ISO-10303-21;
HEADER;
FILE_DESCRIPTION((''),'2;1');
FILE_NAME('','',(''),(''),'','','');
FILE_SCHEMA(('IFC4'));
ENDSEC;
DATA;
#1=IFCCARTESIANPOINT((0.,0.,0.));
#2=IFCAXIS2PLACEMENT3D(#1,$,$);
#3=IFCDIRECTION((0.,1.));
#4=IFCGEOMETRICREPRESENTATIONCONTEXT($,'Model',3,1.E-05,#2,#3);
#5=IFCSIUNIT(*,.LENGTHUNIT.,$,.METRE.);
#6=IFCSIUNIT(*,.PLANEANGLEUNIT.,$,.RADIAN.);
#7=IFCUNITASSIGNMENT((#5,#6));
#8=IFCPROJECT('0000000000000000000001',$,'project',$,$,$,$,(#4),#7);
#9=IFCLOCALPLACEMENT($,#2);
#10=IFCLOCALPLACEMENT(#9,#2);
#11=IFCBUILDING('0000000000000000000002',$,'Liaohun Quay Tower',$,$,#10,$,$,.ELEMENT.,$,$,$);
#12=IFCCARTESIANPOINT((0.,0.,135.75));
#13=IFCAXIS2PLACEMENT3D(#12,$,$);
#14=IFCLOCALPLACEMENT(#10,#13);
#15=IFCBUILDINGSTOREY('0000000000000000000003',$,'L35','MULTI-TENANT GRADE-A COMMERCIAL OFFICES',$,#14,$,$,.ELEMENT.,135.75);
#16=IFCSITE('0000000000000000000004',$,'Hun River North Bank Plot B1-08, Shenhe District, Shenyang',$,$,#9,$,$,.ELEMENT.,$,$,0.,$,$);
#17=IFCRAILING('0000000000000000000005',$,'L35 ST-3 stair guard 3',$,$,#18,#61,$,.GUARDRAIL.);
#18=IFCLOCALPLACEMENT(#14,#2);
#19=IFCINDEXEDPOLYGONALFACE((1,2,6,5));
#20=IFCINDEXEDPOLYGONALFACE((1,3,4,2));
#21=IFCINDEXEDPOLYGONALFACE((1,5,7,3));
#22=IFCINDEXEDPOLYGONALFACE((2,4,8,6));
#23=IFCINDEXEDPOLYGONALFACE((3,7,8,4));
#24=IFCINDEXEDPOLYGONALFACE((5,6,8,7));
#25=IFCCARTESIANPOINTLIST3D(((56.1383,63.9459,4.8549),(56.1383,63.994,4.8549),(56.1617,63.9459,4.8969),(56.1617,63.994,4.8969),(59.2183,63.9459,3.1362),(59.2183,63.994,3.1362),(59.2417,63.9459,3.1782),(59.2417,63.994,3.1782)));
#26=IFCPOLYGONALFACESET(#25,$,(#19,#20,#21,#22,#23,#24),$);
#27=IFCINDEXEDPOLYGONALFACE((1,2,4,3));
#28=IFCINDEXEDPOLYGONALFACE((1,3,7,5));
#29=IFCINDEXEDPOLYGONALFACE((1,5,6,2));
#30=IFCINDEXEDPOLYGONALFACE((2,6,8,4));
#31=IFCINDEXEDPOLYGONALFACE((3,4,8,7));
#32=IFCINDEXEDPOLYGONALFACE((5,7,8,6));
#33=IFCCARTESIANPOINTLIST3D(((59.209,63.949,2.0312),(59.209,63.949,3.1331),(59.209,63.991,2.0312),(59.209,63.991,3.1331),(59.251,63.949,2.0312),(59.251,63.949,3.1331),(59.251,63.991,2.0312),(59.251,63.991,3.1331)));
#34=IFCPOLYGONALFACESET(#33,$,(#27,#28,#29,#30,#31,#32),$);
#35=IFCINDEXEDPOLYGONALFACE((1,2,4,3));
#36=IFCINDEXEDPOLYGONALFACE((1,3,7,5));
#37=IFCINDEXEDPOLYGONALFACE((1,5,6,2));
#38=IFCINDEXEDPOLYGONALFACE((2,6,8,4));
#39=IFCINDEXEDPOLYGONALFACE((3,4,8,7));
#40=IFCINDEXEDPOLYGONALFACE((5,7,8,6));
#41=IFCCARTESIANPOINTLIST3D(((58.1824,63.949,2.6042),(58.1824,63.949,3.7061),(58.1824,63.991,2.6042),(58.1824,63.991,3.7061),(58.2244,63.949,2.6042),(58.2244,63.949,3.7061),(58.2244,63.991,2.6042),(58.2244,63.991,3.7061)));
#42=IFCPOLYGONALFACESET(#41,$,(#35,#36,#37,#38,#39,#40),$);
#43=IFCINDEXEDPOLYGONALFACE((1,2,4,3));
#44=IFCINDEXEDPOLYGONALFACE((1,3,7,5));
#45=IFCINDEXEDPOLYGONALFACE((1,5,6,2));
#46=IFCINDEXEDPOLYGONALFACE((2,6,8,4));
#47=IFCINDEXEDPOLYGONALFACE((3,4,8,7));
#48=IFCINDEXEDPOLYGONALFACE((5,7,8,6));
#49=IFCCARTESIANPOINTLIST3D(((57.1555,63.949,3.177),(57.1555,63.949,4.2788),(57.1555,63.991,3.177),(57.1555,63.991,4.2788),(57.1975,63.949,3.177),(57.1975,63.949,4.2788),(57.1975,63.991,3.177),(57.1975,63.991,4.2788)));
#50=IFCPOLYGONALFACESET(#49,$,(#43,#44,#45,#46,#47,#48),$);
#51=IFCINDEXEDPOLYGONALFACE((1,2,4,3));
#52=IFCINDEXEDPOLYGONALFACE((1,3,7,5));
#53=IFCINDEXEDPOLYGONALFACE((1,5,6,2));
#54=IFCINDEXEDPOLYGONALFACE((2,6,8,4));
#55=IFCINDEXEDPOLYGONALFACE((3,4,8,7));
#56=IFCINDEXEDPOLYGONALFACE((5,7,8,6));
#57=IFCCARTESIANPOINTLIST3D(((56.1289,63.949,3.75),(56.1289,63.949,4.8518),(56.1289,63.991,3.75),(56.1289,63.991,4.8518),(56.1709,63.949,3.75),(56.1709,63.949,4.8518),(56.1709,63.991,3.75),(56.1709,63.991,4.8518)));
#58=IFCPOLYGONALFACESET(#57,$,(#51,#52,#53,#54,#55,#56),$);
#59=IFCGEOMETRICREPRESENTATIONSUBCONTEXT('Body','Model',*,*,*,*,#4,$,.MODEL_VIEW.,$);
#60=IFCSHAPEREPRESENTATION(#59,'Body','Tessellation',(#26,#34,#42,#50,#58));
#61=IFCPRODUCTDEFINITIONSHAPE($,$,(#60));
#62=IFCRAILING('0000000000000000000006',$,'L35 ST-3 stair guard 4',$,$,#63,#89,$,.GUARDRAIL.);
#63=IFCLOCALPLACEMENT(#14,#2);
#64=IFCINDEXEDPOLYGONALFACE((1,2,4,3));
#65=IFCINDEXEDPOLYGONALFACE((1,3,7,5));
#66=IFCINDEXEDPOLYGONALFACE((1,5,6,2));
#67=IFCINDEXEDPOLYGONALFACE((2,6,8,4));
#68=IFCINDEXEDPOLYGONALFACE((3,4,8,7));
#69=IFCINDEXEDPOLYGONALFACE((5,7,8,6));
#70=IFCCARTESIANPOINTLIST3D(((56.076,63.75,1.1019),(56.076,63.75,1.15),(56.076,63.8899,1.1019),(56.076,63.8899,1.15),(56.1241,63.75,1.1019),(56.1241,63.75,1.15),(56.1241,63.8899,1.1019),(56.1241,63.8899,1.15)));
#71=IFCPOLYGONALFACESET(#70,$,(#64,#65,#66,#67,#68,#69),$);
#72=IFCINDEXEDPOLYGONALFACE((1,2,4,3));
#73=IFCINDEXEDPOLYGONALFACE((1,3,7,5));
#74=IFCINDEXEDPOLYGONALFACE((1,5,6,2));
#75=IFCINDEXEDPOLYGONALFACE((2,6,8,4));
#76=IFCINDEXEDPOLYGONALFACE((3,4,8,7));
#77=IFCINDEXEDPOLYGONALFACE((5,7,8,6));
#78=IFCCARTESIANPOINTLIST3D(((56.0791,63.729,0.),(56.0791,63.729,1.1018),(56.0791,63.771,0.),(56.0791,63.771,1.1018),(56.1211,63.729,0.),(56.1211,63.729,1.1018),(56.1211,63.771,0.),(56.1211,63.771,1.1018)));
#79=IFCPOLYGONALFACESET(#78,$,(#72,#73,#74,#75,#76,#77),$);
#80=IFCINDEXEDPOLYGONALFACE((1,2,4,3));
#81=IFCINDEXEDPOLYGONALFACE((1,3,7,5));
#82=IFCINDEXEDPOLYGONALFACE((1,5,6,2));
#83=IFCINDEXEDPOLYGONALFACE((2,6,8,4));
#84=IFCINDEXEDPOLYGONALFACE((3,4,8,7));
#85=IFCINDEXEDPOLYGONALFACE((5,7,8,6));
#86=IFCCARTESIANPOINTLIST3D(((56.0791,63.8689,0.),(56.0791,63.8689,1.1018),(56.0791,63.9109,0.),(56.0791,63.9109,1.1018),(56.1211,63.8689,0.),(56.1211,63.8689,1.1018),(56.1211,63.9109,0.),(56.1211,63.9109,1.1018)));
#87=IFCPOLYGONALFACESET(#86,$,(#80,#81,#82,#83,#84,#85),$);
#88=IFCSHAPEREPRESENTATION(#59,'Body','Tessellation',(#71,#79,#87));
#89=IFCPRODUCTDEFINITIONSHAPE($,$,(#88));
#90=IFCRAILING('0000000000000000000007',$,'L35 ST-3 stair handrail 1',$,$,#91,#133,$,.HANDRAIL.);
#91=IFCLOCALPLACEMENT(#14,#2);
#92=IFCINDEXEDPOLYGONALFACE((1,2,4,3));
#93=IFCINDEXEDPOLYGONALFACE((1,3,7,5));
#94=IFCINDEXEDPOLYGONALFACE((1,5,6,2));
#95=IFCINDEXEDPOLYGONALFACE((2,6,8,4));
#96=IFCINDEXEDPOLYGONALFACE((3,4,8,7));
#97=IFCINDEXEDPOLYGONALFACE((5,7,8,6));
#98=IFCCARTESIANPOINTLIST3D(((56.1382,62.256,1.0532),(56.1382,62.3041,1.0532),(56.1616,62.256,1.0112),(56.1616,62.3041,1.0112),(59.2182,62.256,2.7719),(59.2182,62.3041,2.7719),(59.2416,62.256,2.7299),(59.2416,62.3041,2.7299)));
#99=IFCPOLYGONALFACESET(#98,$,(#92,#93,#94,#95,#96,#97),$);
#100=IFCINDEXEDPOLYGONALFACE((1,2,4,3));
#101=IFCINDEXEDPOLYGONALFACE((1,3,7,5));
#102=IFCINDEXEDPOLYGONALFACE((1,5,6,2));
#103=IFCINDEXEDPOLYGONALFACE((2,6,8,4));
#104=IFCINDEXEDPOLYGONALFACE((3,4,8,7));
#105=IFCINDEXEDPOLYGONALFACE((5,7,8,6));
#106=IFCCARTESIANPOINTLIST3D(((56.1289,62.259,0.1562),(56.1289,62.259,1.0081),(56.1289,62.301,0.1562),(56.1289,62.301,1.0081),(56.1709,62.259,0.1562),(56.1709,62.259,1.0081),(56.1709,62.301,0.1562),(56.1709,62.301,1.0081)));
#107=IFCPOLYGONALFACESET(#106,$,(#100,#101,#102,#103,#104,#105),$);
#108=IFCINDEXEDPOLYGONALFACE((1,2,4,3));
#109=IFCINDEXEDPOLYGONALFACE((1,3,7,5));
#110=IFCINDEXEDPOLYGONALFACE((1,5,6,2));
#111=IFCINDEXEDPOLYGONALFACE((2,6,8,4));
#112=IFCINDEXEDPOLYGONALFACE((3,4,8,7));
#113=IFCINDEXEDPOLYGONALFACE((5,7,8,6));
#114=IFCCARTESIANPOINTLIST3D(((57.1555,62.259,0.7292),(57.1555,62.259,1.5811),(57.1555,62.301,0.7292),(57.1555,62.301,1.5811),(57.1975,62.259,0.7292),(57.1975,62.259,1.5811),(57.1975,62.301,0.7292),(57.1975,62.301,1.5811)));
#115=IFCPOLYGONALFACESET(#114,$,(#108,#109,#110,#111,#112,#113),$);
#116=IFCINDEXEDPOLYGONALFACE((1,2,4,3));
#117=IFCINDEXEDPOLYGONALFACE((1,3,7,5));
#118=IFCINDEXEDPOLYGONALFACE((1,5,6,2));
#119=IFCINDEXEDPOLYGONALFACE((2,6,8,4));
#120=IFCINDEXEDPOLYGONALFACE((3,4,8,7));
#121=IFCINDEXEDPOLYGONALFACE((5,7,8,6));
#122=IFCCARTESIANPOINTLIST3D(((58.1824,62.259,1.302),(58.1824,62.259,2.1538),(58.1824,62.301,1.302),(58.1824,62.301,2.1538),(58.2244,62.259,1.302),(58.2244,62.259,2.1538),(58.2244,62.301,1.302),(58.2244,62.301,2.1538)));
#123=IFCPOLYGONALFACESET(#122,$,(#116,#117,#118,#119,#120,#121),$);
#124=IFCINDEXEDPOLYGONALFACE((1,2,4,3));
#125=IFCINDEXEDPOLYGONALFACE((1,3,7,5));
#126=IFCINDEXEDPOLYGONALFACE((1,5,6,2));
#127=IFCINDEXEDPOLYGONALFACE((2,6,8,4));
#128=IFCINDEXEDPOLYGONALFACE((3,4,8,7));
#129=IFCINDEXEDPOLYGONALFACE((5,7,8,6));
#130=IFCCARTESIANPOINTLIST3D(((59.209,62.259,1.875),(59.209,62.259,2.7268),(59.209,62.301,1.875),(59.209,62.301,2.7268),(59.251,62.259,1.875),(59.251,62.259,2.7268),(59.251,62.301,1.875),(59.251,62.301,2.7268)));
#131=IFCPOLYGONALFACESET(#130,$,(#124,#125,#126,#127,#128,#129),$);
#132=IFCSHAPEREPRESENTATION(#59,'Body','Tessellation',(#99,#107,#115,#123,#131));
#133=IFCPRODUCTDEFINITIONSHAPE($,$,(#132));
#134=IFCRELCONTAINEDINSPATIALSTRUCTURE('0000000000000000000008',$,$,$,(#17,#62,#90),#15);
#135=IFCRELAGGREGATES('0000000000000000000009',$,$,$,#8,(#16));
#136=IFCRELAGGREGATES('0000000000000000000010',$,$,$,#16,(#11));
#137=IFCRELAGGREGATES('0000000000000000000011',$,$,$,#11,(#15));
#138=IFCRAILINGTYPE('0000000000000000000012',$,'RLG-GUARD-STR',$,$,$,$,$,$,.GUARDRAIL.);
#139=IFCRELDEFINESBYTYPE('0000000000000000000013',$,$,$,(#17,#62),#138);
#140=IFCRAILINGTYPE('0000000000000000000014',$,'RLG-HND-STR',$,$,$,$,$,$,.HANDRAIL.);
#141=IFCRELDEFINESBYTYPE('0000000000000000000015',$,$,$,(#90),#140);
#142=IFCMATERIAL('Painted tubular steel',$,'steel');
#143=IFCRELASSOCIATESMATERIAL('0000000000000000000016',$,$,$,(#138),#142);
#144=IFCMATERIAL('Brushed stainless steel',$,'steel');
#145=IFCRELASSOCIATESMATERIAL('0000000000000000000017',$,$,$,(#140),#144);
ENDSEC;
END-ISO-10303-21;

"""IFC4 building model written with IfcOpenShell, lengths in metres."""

from ifc_helpers import new_model, si_unit, direction, frame, origin, origin_2d, place, context, subcontext, project, spatial, rectangle, extrude, material, type_object, element, save


model = new_model("IFC4")

# Units and contexts
model_context = context("Model", 3, precision=1e-05, world=origin(), true_north=direction((0.0, 1.0)))
body_context = subcontext(model_context, "Body", "Model", "MODEL_VIEW")
ifc_project = project(units=[si_unit("LENGTHUNIT", "METRE"), si_unit("PLANEANGLEUNIT", "RADIAN")], contexts=[model_context])

# Site, building, storey
site_placement = place(None, origin())
site = spatial("IfcSite", under=ifc_project, at=site_placement, Name="Hun River North Bank Plot B1-08, Shenhe District, Shenyang", CompositionType="ELEMENT", RefElevation=0.0)
building_placement = place(site_placement, origin())
building = spatial("IfcBuilding", under=site, at=building_placement, Name="Liaohun Quay Tower", CompositionType="ELEMENT")
storey_placement = place(building_placement, frame((0.0, 0.0, 135.75)))
storey = spatial("IfcBuildingStorey", under=building, at=storey_placement, Name="L35", Description="MULTI-TENANT GRADE-A COMMERCIAL OFFICES", CompositionType="ELEMENT", Elevation=135.75)

# Railings
ifc_material_1 = material(Name="Painted tubular steel", Category="steel")
railing_type_1 = type_object("IfcRailingType", Name="RLG-GUARD-STR", PredefinedType="GUARDRAIL", material=ifc_material_1)
railing_1_placement = place(storey_placement, frame((59.23, 63.97, 2.0312)))
element("IfcRailing", 1, at=railing_1_placement, inside=storey, type_object=railing_type_1, Name="L35 ST-3 stair guard 3", PredefinedType="GUARDRAIL", context=body_context, shape_type="SweptSolid", body=[
    extrude(rectangle(XDim=0.0481, YDim=0.0481, at=origin_2d()), frame((0.0, 0.0, 1.126), z_axis=(-0.873242, 0.0, 0.487288), x_axis=(0.0, -1.0, 0.0)), (0.0, 0.0, 1.0), 3.5271),
    extrude(rectangle(XDim=0.042, YDim=0.042, at=origin_2d()), origin(), (0.0, 0.0, 1.0), 1.1018),
    extrude(rectangle(XDim=0.042, YDim=0.042, at=origin_2d()), frame((-1.0266, 0.0, 0.573)), (0.0, 0.0, 1.0), 1.1018),
    extrude(rectangle(XDim=0.042, YDim=0.042, at=origin_2d()), frame((-2.0535, 0.0, 1.1458)), (0.0, 0.0, 1.0), 1.1018),
    extrude(rectangle(XDim=0.042, YDim=0.042, at=origin_2d()), frame((-3.0801, 0.0, 1.7188)), (0.0, 0.0, 1.0), 1.1018),
])
railing_2_placement = place(storey_placement, frame((56.1001, 63.75, 0.0)))
element("IfcRailing", 2, at=railing_2_placement, inside=storey, type_object=railing_type_1, Name="L35 ST-3 stair guard 4", PredefinedType="GUARDRAIL", context=body_context, shape_type="SweptSolid", body=[
    extrude(rectangle(XDim=0.0481, YDim=0.0481, at=origin_2d()), frame((0.0, 0.0, 1.126), z_axis=(0.0, 1.0, 0.0), x_axis=(-1.0, 0.0, 0.0)), (0.0, 0.0, 1.0), 0.1399),
    extrude(rectangle(XDim=0.042, YDim=0.042, at=origin_2d()), origin(), (0.0, 0.0, 1.0), 1.1018),
    extrude(rectangle(XDim=0.042, YDim=0.042, at=origin_2d()), frame((0.0, 0.1399, 0.0)), (0.0, 0.0, 1.0), 1.1018),
])
ifc_material_2 = material(Name="Brushed stainless steel", Category="steel")
railing_type_2 = type_object("IfcRailingType", Name="RLG-HND-STR", PredefinedType="HANDRAIL", material=ifc_material_2)
railing_3_placement = place(storey_placement, frame((56.1499, 62.28, 0.1562)))
element("IfcRailing", 3, at=railing_3_placement, inside=storey, type_object=railing_type_2, Name="L35 ST-3 stair handrail 1", PredefinedType="HANDRAIL", context=body_context, shape_type="SweptSolid", body=[
    extrude(rectangle(XDim=0.0481, YDim=0.0481, at=origin_2d()), frame((0.0, 0.0, 0.876), z_axis=(0.873242, 0.0, 0.487288), x_axis=(0.0, 1.0, 0.0)), (0.0, 0.0, 1.0), 3.5271),
    extrude(rectangle(XDim=0.042, YDim=0.042, at=origin_2d()), origin(), (0.0, 0.0, 1.0), 0.8518),
    extrude(rectangle(XDim=0.042, YDim=0.042, at=origin_2d()), frame((1.0266, 0.0, 0.573)), (0.0, 0.0, 1.0), 0.8518),
    extrude(rectangle(XDim=0.042, YDim=0.042, at=origin_2d()), frame((2.0535, 0.0, 1.1458)), (0.0, 0.0, 1.0), 0.8518),
    extrude(rectangle(XDim=0.042, YDim=0.042, at=origin_2d()), frame((3.0801, 0.0, 1.7188)), (0.0, 0.0, 1.0), 0.8518),
])

save(model, "model.ifc")
